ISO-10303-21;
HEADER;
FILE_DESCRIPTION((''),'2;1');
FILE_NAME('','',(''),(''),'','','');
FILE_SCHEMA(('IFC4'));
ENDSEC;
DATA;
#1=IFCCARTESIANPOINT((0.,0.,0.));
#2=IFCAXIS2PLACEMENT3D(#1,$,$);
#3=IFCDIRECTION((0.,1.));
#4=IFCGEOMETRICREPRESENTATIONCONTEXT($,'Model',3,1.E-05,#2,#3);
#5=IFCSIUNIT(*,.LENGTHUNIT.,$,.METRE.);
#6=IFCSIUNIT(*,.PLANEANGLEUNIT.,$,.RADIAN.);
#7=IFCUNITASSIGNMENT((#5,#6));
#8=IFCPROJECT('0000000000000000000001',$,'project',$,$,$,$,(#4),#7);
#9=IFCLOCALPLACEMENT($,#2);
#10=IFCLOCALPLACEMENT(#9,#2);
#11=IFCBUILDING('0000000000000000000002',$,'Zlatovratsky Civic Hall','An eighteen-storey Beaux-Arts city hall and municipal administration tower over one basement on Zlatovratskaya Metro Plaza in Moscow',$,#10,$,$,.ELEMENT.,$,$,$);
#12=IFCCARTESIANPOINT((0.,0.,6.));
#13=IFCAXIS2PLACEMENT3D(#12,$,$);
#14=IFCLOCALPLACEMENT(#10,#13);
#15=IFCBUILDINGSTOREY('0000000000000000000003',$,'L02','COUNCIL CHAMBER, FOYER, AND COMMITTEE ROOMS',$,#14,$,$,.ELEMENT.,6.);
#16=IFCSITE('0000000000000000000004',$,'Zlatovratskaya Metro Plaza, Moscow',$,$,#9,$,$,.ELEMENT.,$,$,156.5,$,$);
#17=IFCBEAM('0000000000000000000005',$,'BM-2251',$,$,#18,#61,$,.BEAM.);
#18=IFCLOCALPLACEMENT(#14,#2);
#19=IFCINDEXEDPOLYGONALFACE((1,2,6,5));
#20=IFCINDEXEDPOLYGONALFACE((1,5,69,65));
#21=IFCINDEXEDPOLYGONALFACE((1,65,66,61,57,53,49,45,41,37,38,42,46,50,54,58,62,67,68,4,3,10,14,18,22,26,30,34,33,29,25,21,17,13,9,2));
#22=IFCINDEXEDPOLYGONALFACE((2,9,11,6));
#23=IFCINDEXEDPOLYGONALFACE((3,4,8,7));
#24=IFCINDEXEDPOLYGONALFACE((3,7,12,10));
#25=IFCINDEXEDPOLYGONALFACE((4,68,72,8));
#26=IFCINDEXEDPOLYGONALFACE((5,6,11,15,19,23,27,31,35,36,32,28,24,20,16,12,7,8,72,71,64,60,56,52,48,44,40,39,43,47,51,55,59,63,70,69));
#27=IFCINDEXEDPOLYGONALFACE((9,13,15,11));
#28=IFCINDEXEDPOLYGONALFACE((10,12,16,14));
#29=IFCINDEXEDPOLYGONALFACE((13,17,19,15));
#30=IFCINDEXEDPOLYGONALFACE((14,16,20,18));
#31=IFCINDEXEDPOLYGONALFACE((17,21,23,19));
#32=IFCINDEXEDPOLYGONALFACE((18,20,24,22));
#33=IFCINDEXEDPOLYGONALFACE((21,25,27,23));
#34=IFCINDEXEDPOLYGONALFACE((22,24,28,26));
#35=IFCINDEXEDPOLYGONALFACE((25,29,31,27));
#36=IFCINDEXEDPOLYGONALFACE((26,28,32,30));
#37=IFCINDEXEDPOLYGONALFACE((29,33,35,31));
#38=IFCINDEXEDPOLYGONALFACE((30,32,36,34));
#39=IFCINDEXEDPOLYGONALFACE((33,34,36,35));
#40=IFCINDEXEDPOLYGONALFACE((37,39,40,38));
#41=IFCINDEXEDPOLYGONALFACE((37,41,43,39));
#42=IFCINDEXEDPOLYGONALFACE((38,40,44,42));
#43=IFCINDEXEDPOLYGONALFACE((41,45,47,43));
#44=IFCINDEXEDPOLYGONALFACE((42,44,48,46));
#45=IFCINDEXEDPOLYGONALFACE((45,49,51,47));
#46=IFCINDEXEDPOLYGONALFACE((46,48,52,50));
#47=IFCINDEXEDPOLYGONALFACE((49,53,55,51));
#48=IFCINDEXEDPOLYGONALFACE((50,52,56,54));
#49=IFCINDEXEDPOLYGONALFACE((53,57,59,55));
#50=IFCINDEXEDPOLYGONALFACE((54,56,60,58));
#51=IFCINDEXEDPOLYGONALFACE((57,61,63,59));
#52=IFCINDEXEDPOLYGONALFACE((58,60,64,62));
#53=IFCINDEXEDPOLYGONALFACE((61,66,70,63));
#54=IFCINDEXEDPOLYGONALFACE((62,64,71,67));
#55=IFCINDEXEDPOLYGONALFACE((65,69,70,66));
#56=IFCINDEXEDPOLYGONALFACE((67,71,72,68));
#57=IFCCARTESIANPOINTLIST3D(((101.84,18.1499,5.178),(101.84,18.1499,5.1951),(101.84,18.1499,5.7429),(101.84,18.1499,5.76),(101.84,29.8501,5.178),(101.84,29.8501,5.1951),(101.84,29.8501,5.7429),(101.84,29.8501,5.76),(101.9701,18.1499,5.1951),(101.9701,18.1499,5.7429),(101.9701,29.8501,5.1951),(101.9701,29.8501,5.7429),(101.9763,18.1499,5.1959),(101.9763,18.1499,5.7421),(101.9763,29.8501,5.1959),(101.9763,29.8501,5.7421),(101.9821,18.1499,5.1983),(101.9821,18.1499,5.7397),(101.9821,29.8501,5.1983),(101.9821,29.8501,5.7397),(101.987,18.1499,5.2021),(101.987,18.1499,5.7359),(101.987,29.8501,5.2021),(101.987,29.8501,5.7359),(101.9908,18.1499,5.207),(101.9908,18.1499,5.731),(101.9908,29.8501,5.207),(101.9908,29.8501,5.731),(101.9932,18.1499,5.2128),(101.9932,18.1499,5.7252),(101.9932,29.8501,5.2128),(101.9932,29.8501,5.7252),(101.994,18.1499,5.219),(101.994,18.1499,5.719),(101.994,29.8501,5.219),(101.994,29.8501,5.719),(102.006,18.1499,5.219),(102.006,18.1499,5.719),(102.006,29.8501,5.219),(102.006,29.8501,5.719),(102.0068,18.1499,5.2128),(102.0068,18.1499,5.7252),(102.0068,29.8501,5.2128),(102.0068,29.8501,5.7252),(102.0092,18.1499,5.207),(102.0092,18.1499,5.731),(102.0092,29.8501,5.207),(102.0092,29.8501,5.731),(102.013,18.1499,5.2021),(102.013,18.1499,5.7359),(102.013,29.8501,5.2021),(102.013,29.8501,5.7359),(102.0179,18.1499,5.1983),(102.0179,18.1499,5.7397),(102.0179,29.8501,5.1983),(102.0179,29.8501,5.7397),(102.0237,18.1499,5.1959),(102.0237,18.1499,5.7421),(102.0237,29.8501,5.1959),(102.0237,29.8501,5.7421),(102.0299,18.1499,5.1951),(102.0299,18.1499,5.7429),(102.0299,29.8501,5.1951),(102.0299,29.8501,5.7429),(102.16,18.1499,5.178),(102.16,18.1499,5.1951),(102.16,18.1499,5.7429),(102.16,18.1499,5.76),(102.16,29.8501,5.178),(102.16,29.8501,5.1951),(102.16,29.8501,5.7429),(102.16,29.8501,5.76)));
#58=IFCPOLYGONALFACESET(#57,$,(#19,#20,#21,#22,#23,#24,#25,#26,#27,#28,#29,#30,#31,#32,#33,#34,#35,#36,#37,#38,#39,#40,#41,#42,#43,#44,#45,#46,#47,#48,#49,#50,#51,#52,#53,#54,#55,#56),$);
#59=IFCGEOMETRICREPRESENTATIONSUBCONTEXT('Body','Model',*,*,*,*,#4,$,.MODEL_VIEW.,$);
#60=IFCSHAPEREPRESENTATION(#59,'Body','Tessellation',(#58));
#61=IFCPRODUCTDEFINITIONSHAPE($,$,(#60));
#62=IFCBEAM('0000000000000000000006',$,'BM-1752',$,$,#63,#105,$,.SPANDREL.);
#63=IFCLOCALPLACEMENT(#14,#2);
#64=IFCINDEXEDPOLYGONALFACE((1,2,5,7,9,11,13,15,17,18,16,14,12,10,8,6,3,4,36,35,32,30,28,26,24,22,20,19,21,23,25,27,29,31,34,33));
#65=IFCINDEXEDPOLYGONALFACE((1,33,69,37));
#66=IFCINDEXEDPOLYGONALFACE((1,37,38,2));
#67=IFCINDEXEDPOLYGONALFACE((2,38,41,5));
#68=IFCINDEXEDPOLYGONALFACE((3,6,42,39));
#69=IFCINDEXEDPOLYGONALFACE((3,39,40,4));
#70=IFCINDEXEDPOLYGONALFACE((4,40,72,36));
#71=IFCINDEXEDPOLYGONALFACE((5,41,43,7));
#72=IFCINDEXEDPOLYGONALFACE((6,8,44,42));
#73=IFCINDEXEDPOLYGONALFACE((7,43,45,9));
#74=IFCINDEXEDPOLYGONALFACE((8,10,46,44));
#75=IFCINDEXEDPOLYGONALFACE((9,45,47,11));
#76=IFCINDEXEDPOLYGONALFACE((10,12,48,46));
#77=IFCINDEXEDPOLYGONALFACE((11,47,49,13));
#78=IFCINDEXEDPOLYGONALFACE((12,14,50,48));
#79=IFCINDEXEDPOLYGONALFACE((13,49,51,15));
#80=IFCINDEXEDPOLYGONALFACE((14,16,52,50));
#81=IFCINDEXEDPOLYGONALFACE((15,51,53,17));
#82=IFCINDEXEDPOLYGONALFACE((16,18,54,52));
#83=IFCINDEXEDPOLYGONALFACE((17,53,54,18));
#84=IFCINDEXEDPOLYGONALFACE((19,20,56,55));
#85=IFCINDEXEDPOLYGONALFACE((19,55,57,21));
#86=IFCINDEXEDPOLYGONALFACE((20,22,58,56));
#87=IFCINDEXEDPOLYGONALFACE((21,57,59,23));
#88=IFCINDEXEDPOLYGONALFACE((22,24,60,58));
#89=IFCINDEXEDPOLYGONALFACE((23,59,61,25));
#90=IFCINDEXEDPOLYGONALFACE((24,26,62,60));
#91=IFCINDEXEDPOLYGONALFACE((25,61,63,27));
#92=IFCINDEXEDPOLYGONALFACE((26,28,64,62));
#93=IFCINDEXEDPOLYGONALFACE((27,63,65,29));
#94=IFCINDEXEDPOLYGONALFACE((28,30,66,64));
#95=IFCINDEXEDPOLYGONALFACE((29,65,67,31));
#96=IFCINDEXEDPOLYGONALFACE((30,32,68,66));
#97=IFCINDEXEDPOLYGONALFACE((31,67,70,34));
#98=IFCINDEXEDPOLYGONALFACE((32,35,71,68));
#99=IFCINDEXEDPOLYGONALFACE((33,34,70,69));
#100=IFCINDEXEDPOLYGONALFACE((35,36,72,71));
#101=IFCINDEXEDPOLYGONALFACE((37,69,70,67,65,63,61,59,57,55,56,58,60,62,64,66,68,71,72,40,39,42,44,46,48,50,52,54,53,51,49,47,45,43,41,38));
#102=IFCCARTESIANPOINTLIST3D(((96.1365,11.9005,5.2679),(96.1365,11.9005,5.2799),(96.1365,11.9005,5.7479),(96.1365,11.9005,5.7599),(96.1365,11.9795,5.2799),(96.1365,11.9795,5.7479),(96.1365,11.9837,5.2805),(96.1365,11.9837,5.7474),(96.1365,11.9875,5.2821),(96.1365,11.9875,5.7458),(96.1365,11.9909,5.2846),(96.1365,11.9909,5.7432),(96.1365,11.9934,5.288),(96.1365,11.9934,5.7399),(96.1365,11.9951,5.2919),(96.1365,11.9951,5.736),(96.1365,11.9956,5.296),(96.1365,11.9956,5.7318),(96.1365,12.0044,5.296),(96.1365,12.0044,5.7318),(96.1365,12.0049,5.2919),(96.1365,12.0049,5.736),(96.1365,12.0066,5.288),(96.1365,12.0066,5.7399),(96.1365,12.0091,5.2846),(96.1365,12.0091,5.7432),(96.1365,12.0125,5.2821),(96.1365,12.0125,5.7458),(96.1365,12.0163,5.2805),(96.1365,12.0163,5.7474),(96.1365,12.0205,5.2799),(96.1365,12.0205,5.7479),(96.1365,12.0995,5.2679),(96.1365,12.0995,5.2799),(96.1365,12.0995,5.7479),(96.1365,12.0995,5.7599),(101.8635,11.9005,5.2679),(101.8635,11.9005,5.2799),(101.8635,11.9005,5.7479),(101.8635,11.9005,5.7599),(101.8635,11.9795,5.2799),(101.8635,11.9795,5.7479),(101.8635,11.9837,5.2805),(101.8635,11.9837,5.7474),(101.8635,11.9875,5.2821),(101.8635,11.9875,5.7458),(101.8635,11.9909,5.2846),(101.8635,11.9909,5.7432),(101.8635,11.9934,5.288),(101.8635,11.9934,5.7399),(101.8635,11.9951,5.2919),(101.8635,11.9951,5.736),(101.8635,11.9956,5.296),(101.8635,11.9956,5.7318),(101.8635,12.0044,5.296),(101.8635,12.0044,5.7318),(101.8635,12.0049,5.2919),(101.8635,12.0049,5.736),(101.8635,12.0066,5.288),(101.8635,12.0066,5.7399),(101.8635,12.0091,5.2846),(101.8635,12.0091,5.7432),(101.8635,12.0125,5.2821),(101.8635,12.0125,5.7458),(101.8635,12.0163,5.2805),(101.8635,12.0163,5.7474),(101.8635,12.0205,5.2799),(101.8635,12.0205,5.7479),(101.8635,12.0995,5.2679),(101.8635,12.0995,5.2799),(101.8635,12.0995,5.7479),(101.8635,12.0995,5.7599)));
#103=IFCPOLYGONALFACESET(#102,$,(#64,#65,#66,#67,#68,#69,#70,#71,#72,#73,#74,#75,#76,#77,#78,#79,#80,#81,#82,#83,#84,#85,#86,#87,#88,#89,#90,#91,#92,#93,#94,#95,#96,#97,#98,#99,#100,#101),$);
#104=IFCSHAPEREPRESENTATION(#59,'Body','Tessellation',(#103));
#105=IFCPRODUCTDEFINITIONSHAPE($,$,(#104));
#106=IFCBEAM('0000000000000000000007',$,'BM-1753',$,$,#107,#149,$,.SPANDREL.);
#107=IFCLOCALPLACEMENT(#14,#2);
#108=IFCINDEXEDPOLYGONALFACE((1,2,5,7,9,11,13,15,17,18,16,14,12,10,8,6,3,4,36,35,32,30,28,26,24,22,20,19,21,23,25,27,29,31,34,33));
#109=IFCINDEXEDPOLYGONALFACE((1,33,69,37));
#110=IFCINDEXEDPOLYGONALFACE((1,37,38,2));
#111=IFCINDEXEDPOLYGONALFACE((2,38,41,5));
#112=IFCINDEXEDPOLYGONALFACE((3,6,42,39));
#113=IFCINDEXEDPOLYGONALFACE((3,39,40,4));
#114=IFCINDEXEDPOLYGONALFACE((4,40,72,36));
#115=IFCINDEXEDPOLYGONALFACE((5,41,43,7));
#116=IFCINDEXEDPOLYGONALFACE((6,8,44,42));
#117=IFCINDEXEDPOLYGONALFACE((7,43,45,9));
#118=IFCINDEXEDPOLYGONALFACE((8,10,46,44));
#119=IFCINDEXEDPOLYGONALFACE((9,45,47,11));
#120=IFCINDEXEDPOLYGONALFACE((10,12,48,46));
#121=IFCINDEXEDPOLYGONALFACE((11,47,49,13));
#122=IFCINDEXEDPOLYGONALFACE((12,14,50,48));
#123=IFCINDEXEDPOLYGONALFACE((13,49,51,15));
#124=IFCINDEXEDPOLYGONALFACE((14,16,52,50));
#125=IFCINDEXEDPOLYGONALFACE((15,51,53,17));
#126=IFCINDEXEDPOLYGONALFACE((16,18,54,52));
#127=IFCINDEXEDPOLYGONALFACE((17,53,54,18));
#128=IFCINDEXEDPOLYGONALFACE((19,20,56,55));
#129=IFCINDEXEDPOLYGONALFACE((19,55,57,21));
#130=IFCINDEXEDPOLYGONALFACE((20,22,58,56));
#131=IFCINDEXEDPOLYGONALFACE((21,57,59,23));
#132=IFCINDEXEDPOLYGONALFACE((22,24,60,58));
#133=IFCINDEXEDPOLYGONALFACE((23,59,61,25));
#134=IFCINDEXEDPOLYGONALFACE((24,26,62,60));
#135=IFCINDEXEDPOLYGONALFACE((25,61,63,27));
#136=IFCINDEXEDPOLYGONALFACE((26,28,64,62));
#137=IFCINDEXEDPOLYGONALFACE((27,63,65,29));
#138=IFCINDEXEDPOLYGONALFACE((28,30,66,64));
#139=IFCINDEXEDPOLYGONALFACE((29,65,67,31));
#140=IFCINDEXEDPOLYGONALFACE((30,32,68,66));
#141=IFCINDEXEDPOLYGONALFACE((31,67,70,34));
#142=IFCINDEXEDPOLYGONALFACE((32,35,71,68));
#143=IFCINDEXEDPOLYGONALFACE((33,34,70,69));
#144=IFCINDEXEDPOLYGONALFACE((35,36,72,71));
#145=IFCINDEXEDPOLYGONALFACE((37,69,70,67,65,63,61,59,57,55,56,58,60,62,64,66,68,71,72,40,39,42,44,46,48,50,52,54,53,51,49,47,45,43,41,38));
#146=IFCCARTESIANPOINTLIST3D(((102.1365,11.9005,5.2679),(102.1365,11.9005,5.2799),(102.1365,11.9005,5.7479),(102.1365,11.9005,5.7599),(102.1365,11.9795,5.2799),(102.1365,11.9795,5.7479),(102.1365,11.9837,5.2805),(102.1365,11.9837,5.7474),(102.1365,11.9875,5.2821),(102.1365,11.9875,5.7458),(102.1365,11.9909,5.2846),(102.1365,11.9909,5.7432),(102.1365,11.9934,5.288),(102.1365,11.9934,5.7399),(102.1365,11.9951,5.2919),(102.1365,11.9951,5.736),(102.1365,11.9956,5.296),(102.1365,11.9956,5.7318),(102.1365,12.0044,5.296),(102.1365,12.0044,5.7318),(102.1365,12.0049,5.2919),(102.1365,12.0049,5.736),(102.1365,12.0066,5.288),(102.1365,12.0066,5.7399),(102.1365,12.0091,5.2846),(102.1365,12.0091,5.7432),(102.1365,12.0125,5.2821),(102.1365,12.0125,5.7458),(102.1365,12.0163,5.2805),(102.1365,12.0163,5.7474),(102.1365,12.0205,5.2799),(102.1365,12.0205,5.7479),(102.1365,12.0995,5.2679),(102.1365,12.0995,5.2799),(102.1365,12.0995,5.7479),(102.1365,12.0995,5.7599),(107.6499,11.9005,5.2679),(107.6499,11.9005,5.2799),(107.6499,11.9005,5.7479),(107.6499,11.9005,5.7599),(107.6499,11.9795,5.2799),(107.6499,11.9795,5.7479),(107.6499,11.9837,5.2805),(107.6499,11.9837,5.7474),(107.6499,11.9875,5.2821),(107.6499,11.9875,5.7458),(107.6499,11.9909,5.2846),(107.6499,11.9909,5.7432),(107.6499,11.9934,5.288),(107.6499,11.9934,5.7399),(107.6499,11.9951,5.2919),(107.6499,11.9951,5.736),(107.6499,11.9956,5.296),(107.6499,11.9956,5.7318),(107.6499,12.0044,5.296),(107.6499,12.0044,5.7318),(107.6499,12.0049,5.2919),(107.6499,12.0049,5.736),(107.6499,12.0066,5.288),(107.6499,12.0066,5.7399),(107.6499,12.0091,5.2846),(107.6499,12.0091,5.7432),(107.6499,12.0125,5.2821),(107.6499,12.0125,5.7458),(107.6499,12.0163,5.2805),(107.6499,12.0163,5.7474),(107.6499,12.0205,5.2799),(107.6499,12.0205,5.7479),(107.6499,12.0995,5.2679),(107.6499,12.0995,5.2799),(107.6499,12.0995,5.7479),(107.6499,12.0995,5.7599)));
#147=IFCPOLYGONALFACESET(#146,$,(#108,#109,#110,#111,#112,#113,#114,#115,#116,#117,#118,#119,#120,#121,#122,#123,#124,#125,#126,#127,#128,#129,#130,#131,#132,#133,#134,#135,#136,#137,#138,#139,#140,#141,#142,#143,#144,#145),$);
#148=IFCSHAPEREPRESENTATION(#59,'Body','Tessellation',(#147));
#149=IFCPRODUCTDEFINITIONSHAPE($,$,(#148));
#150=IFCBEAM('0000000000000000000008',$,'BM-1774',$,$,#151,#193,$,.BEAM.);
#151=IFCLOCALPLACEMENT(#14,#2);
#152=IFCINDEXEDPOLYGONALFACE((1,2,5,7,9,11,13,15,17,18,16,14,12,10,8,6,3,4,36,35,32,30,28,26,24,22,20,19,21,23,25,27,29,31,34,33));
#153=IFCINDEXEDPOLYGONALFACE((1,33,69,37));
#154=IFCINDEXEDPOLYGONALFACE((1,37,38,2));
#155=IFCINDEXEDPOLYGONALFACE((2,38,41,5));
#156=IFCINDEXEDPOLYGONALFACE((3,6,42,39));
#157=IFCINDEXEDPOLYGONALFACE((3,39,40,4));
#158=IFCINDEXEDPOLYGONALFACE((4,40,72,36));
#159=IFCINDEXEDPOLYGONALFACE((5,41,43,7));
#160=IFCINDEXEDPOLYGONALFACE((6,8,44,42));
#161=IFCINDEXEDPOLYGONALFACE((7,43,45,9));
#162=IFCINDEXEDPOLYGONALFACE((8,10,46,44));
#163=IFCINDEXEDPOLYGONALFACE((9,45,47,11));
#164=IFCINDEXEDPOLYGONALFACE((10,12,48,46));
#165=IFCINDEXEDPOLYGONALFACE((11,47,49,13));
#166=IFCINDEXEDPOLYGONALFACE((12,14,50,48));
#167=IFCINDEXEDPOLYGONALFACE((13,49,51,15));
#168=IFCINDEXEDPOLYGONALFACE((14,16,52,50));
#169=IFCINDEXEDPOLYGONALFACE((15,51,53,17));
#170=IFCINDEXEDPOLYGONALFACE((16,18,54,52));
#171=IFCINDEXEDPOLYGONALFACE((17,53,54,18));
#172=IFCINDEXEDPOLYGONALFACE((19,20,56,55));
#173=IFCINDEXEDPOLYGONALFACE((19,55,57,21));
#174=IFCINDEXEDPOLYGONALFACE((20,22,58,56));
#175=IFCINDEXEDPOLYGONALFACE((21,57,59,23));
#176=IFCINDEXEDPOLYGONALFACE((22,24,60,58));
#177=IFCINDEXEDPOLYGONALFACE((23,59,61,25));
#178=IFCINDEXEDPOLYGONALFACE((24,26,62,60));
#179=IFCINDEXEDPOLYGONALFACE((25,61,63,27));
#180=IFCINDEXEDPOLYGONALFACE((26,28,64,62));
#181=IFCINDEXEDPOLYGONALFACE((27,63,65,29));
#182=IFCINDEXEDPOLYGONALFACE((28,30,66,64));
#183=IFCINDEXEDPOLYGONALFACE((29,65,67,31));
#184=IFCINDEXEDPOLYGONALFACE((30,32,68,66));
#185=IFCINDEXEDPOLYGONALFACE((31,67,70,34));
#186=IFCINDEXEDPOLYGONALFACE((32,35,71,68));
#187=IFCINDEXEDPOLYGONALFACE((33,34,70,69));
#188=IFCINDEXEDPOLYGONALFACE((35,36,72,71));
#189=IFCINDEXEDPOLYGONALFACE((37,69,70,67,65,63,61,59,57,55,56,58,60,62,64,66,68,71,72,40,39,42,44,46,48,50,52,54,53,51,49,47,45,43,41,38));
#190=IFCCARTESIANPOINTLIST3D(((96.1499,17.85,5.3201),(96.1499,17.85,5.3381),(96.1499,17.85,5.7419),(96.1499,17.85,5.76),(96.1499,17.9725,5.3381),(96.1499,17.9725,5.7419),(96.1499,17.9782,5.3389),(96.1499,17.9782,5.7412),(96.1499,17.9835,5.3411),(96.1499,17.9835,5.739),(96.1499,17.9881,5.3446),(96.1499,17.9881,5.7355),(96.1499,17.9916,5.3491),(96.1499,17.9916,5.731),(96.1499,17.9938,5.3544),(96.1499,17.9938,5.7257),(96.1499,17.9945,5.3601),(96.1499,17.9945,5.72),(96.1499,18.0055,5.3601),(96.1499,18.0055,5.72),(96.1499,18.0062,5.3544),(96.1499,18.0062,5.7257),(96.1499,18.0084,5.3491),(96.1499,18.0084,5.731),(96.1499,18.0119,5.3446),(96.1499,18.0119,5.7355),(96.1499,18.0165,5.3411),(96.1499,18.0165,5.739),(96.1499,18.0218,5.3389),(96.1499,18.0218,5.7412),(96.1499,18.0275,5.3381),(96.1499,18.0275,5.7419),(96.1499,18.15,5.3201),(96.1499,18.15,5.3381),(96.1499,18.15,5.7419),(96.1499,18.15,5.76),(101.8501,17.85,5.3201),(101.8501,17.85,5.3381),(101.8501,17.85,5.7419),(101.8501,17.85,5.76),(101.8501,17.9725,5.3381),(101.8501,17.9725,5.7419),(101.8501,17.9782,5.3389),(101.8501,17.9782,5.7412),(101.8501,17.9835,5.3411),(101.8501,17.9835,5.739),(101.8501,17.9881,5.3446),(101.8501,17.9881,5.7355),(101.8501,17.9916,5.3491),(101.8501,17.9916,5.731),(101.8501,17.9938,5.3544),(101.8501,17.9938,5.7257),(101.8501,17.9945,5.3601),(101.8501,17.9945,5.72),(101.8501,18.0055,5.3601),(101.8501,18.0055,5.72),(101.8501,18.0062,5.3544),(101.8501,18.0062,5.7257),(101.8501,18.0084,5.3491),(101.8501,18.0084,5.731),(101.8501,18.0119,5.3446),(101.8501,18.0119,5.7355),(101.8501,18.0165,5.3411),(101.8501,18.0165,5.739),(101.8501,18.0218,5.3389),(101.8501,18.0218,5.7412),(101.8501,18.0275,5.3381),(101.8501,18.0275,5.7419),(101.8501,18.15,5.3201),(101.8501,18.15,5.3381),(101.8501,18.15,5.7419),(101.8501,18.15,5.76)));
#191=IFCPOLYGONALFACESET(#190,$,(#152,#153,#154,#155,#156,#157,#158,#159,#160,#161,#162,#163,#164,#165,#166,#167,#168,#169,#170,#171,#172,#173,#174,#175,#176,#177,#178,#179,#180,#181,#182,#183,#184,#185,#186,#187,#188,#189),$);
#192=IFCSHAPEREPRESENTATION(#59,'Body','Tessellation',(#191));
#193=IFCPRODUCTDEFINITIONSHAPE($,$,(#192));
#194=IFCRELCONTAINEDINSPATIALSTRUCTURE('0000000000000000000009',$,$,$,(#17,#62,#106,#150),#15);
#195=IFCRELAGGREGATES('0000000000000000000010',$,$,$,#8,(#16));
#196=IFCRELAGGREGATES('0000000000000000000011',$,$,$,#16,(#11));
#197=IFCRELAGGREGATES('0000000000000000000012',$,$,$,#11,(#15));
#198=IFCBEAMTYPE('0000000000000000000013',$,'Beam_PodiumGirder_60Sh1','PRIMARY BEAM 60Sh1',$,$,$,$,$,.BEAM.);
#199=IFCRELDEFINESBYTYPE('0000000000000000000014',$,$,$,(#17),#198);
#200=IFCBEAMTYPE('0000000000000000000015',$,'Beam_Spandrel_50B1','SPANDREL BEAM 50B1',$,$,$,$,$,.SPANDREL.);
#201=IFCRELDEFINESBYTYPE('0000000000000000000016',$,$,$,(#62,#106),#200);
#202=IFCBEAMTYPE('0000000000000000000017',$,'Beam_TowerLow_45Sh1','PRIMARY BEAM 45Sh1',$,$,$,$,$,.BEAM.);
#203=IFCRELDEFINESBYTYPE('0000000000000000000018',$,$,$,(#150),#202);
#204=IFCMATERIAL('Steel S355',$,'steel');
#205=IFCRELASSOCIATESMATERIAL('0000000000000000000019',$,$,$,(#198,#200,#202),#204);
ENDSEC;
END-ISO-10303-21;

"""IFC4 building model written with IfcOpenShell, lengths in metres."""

from ifc_helpers import new_model, si_unit, direction, frame, origin, origin_2d, place, context, subcontext, project, spatial, i_section, extrude, material, material_profile, profile_set, type_object, element, save


model = new_model("IFC4")

# Units and contexts
model_context = context("Model", 3, precision=1e-05, world=origin(), true_north=direction((0.0, 1.0)))
body_context = subcontext(model_context, "Body", "Model", "MODEL_VIEW")
ifc_project = project(units=[si_unit("LENGTHUNIT", "METRE"), si_unit("PLANEANGLEUNIT", "RADIAN")], contexts=[model_context])

# Site, building, storey
site_placement = place(None, origin())
site = spatial("IfcSite", under=ifc_project, at=site_placement, Name="Zlatovratskaya Metro Plaza, Moscow", CompositionType="ELEMENT", RefElevation=156.5)
building_placement = place(site_placement, origin())
building = spatial("IfcBuilding", under=site, at=building_placement, Name="Zlatovratsky Civic Hall", Description="An eighteen-storey Beaux-Arts city hall and municipal administration tower over one basement on Zlatovratskaya Metro Plaza in Moscow", CompositionType="ELEMENT")
storey_placement = place(building_placement, frame((0.0, 0.0, 6.0)))
storey = spatial("IfcBuildingStorey", under=building, at=storey_placement, Name="L02", Description="COUNCIL CHAMBER, FOYER, AND COMMITTEE ROOMS", CompositionType="ELEMENT", Elevation=6.0)

# Shared definitions
ifc_material_1 = material(Name="Steel S355", Category="steel")

# Beams
ifc_material_profile_1 = material_profile(ifc_material_1, i_section(OverallWidth=0.3201, OverallDepth=0.582, WebThickness=0.012, FlangeThickness=0.0171, FilletRadius=0.0239, at=origin_2d()), Name="60Sh1")
ifc_profile_set_1 = profile_set([ifc_material_profile_1], Name="Steel S355")
beam_type_1 = type_object("IfcBeamType", Name="Beam_PodiumGirder_60Sh1", Description="PRIMARY BEAM 60Sh1", PredefinedType="BEAM", material=ifc_profile_set_1)
beam_1_placement = place(storey_placement, frame((102.0, 18.1499, 5.469), z_axis=(0.0, 1.0, 0.0), x_axis=(-1.0, 0.0, 0.0)))
element("IfcBeam", 1, at=beam_1_placement, inside=storey, type_object=beam_type_1, Name="BM-2251", PredefinedType="BEAM", context=body_context, shape_type="SweptSolid", body=[
    extrude(i_section(OverallWidth=0.3201, OverallDepth=0.582, WebThickness=0.012, FlangeThickness=0.0171, FilletRadius=0.0239, at=origin_2d()), origin(), (0.0, 0.0, 1.0), 11.7002),
])
ifc_material_profile_2 = material_profile(ifc_material_1, i_section(OverallWidth=0.199, OverallDepth=0.4919, WebThickness=0.0088, FlangeThickness=0.012, FilletRadius=0.0161, at=origin_2d()), Name="50B1")
ifc_profile_set_2 = profile_set([ifc_material_profile_2], Name="Steel S355")
beam_type_2 = type_object("IfcBeamType", Name="Beam_Spandrel_50B1", Description="SPANDREL BEAM 50B1", PredefinedType="SPANDREL", material=ifc_profile_set_2)
beam_2_placement = place(storey_placement, frame((96.1365, 12.0, 5.5139), z_axis=(1.0, 0.0, 0.0), x_axis=(0.0, 1.0, 0.0)))
element("IfcBeam", 2, at=beam_2_placement, inside=storey, type_object=beam_type_2, Name="BM-1752", PredefinedType="SPANDREL", context=body_context, shape_type="SweptSolid", body=[
    extrude(i_section(OverallWidth=0.199, OverallDepth=0.4919, WebThickness=0.0088, FlangeThickness=0.012, FilletRadius=0.0161, at=origin_2d()), origin(), (0.0, 0.0, 1.0), 5.7271),
])
beam_3_placement = place(storey_placement, frame((102.1365, 12.0, 5.5139), z_axis=(1.0, 0.0, 0.0), x_axis=(0.0, 1.0, 0.0)))
element("IfcBeam", 3, at=beam_3_placement, inside=storey, type_object=beam_type_2, Name="BM-1753", PredefinedType="SPANDREL", context=body_context, shape_type="SweptSolid", body=[
    extrude(i_section(OverallWidth=0.199, OverallDepth=0.4919, WebThickness=0.0088, FlangeThickness=0.012, FilletRadius=0.0161, at=origin_2d()), origin(), (0.0, 0.0, 1.0), 5.5134),
])
ifc_material_profile_3 = material_profile(ifc_material_1, i_section(OverallWidth=0.3, OverallDepth=0.4399, WebThickness=0.011, FlangeThickness=0.0181, FilletRadius=0.022, at=origin_2d()), Name="45Sh1")
ifc_profile_set_3 = profile_set([ifc_material_profile_3], Name="Steel S355")
beam_type_3 = type_object("IfcBeamType", Name="Beam_TowerLow_45Sh1", Description="PRIMARY BEAM 45Sh1", PredefinedType="BEAM", material=ifc_profile_set_3)
for number, where, z_axis, x_axis, name in (
    (4, (96.1499, 18.0, 5.54), (1.0, 0.0, 0.0), (0.0, 1.0, 0.0), "BM-1774"),
):
    element("IfcBeam", number, at=place(storey_placement, frame(where, z_axis=z_axis, x_axis=x_axis)), inside=storey, type_object=beam_type_3, Name=name, PredefinedType="BEAM", context=body_context, shape_type="SweptSolid", body=[
        extrude(i_section(OverallWidth=0.3, OverallDepth=0.4399, WebThickness=0.011, FlangeThickness=0.0181, FilletRadius=0.022, at=origin_2d()), origin(), (0.0, 0.0, 1.0), 5.7002),
    ])

save(model, "model.ifc")
